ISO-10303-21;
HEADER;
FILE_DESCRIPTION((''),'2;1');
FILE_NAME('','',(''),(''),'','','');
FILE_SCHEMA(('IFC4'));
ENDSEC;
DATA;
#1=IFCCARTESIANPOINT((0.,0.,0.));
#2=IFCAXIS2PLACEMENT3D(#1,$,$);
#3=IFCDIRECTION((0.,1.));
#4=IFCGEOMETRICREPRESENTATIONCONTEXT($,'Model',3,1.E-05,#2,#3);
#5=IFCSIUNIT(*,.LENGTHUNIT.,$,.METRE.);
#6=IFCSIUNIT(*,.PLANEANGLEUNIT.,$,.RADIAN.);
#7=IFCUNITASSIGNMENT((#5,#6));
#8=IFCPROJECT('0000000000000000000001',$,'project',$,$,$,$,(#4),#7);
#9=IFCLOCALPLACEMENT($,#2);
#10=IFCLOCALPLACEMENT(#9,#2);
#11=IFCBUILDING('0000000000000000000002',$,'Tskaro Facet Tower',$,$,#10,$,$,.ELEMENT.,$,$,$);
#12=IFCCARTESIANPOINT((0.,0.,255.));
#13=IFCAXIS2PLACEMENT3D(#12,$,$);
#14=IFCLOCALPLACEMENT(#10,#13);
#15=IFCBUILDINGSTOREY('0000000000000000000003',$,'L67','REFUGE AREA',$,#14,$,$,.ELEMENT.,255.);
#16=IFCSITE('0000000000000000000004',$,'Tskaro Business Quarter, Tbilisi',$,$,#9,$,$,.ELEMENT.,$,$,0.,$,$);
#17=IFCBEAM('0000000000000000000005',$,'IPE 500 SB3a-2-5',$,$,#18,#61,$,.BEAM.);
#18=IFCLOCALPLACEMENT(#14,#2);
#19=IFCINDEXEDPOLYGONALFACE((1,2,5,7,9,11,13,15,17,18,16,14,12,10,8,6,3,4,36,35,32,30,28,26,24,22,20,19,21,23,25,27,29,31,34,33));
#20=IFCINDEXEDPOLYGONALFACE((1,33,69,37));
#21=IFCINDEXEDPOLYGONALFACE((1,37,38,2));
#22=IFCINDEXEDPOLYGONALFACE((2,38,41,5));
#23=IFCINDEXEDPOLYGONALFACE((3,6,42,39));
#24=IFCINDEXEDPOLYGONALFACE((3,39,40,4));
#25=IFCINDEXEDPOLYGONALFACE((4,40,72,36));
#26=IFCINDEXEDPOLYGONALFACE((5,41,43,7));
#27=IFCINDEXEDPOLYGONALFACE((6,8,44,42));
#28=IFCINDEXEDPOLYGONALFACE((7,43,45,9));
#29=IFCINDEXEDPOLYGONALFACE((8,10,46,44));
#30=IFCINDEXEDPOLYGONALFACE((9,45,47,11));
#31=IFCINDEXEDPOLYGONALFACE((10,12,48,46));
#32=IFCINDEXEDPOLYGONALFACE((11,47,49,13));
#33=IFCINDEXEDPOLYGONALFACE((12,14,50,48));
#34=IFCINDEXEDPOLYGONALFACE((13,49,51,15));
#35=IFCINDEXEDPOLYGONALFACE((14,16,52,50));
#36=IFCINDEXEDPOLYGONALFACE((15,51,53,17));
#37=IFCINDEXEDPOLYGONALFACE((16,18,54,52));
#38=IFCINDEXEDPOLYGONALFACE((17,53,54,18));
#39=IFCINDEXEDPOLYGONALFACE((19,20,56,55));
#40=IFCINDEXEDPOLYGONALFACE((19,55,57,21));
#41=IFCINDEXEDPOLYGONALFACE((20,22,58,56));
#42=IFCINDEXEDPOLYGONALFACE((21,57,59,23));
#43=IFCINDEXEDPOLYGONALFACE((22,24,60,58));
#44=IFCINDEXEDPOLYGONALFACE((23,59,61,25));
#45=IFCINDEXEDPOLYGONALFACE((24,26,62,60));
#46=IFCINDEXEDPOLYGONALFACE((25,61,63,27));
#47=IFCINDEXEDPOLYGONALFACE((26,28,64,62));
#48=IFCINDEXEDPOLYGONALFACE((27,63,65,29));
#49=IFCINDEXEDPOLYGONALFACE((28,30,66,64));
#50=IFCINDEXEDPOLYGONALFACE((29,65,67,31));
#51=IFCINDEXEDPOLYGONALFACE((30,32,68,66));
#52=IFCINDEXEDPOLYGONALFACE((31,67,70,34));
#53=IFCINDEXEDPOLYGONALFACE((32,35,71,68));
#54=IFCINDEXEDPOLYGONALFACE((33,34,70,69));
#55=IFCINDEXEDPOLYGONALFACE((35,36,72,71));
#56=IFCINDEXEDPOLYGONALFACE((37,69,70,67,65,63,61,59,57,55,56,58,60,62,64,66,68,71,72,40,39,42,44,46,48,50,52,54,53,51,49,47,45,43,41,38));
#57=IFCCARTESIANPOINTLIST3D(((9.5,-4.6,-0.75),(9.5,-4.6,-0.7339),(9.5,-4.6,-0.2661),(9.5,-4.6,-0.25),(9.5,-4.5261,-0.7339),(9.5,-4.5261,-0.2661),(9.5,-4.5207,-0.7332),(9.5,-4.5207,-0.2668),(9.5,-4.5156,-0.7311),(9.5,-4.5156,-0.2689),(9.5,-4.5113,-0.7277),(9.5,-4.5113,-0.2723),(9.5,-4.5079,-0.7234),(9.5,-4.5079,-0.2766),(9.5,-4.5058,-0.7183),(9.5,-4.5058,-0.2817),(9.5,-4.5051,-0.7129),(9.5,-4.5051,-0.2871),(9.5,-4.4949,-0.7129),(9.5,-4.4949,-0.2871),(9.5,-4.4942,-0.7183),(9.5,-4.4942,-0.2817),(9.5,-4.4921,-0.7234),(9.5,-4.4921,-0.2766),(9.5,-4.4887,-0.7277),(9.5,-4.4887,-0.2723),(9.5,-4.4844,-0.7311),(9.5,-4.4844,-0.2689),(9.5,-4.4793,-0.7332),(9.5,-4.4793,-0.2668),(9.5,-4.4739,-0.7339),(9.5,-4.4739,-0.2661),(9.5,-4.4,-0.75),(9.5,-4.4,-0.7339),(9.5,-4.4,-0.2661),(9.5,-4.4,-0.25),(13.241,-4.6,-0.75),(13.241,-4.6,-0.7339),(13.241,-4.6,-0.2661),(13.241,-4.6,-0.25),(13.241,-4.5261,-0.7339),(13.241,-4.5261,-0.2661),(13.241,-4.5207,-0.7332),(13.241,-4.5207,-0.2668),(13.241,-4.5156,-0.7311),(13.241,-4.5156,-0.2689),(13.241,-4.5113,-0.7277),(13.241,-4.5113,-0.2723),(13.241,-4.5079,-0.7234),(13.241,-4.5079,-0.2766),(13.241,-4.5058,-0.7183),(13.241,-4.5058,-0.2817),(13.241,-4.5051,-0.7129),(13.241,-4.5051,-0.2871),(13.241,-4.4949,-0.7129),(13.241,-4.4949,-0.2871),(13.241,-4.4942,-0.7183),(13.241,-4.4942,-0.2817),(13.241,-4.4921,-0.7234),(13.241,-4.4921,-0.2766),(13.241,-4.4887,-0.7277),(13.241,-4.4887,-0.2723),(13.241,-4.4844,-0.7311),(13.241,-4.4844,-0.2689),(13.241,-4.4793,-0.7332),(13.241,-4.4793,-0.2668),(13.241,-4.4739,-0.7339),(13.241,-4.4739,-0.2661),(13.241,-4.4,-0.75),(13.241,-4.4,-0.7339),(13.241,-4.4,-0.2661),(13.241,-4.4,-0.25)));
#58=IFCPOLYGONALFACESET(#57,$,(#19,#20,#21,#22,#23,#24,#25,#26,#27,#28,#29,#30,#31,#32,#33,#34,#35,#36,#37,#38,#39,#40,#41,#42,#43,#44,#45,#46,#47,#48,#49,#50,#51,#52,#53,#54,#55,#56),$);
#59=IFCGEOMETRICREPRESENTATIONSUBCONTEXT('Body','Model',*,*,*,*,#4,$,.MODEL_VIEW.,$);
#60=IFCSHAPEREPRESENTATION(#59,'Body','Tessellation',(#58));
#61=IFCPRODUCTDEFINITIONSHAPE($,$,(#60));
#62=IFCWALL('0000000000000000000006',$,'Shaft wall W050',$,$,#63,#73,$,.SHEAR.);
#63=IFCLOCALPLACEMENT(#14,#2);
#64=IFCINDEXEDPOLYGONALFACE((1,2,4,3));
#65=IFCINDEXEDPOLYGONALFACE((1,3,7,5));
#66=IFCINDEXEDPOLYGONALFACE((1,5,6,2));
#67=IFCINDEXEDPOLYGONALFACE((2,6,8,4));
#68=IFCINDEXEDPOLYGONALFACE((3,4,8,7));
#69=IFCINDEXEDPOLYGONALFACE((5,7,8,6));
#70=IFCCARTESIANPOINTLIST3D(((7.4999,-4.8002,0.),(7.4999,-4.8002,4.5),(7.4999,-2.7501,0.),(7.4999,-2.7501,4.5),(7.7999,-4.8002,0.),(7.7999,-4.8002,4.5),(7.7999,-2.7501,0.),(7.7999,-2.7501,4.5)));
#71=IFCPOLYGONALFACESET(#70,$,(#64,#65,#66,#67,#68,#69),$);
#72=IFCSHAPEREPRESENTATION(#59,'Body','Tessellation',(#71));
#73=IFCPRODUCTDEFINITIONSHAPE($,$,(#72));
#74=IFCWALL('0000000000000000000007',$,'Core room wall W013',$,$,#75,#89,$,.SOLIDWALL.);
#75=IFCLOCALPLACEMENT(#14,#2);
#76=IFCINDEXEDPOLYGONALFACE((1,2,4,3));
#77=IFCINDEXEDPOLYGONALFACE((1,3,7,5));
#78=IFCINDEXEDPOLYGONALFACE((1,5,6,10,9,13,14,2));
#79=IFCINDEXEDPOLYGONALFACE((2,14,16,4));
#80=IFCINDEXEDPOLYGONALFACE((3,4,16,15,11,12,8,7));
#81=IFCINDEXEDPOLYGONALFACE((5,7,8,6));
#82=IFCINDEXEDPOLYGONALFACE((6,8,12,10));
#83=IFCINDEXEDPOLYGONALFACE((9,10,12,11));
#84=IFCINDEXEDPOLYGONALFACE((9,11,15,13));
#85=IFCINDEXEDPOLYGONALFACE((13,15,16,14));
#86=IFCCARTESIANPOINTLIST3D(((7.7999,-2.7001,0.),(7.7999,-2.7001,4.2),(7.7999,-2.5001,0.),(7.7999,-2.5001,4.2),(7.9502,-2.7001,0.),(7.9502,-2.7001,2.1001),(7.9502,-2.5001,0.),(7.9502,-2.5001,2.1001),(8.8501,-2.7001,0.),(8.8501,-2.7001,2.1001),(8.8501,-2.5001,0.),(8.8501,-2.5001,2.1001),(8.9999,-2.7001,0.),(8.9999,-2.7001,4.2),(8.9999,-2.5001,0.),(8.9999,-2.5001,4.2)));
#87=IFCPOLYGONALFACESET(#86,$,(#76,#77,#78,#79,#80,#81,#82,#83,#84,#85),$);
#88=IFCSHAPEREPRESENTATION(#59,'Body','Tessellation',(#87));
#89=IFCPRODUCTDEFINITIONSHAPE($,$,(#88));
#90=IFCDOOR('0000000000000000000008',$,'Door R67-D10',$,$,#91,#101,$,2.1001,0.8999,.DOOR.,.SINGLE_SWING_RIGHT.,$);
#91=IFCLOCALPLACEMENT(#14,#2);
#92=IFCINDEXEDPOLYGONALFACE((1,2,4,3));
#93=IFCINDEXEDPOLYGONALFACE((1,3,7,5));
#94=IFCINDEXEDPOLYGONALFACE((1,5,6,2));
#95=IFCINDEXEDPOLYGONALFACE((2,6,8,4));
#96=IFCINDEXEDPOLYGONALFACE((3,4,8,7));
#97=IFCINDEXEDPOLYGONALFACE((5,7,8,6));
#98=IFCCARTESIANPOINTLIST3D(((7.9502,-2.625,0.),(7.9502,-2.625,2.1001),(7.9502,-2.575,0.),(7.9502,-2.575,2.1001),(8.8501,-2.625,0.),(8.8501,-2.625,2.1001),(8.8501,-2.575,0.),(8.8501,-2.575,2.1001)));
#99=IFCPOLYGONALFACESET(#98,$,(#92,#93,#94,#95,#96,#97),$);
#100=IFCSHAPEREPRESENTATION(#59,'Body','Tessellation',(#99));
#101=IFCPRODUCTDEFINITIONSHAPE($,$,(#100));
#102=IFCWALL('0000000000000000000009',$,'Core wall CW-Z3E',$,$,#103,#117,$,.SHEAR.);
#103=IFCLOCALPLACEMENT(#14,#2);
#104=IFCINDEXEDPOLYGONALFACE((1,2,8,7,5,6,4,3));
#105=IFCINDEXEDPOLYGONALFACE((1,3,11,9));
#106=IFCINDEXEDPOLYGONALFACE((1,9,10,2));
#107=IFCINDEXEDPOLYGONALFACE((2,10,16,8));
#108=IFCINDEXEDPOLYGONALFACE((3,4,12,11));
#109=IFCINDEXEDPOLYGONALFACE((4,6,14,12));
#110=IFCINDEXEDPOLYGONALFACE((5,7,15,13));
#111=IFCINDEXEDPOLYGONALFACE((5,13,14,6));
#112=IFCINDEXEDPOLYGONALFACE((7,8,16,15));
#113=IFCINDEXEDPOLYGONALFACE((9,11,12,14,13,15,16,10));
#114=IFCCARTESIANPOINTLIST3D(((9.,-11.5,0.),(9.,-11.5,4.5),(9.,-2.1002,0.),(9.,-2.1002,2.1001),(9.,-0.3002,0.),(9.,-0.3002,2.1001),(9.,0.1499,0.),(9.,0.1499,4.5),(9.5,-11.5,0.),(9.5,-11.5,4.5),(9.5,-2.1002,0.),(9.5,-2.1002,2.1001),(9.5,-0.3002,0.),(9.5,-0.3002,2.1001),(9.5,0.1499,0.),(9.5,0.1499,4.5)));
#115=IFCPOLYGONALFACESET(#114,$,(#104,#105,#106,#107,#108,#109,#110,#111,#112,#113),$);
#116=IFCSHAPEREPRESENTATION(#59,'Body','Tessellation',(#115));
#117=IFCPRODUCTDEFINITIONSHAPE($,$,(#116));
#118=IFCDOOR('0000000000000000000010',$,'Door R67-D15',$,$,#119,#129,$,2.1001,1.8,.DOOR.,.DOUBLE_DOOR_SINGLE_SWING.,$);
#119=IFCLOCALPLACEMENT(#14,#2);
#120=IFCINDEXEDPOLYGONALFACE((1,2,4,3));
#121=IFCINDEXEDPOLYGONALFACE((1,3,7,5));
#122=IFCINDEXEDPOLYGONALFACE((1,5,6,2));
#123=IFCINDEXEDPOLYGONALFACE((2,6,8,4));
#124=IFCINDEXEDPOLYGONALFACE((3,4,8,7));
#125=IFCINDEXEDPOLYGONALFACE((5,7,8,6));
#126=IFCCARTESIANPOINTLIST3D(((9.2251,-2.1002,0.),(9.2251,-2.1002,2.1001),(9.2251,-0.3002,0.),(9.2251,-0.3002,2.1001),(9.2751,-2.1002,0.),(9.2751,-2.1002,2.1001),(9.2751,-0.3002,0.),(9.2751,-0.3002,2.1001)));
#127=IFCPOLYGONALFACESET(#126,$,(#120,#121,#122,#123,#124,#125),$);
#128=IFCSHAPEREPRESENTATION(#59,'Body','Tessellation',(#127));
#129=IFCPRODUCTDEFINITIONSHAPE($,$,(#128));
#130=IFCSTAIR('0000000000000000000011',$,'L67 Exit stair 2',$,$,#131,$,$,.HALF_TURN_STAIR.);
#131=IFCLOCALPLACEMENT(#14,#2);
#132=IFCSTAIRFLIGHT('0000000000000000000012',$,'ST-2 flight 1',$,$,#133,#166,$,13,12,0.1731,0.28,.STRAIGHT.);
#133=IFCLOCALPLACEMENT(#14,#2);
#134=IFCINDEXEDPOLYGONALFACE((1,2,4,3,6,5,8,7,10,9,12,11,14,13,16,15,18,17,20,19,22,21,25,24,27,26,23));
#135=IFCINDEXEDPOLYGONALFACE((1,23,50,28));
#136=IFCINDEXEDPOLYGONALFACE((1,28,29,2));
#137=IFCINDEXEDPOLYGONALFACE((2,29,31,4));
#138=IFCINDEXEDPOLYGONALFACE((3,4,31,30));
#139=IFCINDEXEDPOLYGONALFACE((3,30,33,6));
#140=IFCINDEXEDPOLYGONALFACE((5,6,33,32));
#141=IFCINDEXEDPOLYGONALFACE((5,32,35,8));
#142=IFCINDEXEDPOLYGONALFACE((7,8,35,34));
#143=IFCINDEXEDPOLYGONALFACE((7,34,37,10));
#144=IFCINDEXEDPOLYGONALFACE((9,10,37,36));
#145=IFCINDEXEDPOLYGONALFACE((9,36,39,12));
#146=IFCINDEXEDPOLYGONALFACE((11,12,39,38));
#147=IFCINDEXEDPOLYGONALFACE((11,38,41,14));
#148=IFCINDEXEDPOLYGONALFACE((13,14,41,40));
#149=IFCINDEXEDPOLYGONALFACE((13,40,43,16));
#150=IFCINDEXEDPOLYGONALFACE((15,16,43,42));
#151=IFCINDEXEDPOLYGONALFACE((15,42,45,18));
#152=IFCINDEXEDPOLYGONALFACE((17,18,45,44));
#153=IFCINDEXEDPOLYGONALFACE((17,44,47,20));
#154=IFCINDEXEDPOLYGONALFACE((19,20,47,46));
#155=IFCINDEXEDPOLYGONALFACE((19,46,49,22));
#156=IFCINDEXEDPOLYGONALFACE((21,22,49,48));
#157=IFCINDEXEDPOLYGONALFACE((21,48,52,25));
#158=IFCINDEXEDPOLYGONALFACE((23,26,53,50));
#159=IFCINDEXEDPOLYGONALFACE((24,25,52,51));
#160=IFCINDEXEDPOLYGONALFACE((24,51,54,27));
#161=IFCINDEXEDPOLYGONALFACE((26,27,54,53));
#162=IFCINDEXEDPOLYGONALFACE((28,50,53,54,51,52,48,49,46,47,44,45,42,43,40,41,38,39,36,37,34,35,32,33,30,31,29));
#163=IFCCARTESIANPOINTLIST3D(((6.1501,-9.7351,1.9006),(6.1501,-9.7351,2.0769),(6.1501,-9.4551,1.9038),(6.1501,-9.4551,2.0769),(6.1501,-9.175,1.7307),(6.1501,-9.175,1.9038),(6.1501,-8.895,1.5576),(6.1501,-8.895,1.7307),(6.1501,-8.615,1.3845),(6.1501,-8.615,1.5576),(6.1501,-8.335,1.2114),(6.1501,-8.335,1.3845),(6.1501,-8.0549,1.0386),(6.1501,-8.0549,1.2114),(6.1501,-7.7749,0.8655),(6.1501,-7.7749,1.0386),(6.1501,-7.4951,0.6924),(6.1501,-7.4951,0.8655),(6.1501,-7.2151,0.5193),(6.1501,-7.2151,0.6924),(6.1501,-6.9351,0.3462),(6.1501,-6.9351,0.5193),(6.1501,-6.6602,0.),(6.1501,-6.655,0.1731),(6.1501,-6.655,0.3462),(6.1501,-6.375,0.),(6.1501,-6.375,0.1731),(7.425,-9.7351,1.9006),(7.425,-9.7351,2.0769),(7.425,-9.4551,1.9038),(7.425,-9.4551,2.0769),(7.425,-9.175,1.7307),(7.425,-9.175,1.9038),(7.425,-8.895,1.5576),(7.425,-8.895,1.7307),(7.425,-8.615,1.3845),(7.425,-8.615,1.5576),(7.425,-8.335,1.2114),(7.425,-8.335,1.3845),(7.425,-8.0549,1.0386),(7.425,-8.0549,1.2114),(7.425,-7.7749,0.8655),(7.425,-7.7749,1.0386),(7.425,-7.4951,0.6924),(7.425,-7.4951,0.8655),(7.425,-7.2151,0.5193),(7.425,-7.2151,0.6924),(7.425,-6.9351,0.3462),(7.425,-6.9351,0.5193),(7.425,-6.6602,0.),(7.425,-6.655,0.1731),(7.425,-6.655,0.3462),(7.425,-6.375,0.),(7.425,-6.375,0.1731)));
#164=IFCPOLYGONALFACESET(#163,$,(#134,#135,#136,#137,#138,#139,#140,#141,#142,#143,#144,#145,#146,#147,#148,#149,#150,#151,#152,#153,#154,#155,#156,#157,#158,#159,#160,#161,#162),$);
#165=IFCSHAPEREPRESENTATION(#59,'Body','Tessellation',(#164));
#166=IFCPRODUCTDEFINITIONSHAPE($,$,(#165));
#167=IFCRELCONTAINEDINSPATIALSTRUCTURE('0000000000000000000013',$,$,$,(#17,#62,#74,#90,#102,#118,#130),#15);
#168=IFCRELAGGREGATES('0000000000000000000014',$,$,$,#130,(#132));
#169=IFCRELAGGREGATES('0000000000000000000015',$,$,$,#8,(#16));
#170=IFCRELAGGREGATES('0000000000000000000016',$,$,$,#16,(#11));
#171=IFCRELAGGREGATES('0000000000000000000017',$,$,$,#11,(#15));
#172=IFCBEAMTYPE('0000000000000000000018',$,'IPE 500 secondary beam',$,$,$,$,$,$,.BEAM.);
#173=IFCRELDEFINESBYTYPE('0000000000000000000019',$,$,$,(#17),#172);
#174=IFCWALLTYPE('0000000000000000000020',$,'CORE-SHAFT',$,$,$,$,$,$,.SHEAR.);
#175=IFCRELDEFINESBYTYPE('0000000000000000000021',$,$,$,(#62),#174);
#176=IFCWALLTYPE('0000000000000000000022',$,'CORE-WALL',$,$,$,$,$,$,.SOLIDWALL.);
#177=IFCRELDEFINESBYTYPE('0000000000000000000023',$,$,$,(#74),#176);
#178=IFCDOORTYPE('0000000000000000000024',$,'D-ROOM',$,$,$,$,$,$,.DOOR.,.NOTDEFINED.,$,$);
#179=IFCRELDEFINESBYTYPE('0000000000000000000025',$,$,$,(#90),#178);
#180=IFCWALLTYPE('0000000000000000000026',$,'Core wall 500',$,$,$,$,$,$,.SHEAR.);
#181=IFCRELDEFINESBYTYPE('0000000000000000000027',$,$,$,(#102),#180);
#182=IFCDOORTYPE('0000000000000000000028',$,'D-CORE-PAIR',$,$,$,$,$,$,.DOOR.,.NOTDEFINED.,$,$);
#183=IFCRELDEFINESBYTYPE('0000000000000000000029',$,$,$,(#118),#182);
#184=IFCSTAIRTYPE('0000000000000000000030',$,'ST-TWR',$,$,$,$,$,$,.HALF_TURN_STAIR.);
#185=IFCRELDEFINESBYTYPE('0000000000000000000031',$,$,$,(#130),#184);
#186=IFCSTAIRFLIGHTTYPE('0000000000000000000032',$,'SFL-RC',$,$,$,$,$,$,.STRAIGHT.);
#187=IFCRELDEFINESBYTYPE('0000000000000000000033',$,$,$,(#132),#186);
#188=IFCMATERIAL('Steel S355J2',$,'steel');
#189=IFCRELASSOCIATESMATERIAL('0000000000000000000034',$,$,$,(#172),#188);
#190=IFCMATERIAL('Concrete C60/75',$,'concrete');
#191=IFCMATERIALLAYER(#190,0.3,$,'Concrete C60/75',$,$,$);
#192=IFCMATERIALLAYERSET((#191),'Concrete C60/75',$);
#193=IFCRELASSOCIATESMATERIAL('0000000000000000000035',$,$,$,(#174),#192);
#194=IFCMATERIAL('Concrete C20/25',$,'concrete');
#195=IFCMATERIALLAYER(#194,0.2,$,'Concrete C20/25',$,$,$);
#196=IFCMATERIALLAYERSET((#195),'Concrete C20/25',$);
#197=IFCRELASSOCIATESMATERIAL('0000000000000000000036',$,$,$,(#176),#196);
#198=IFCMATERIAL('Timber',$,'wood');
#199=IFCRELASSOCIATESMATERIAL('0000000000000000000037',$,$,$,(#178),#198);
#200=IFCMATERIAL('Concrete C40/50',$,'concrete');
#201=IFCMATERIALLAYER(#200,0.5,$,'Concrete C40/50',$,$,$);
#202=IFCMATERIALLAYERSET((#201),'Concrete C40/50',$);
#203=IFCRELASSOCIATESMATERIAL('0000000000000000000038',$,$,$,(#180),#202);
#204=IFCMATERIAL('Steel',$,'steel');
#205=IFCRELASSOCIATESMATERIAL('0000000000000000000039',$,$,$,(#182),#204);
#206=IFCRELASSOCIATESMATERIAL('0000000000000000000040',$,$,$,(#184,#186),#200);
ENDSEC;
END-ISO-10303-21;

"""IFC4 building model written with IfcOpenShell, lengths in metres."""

from ifc_helpers import new_model, si_unit, direction, frame, frame_2d, origin, origin_2d, place, context, subcontext, project, spatial, polyline, rectangle, i_section, outline, extrude, material, layer, layer_set, material_profile, profile_set, type_object, element, fill, aggregate, save


model = new_model("IFC4")

# Units and contexts
model_context = context("Model", 3, precision=1e-05, world=origin(), true_north=direction((0.0, 1.0)))
body_context = subcontext(model_context, "Body", "Model", "MODEL_VIEW")
ifc_project = project(units=[si_unit("LENGTHUNIT", "METRE"), si_unit("PLANEANGLEUNIT", "RADIAN")], contexts=[model_context])

# Site, building, storey
site_placement = place(None, origin())
site = spatial("IfcSite", under=ifc_project, at=site_placement, Name="Tskaro Business Quarter, Tbilisi", CompositionType="ELEMENT", RefElevation=0.0)
building_placement = place(site_placement, origin())
building = spatial("IfcBuilding", under=site, at=building_placement, Name="Tskaro Facet Tower", CompositionType="ELEMENT")
storey_placement = place(building_placement, frame((0.0, 0.0, 255.0)))
storey = spatial("IfcBuildingStorey", under=building, at=storey_placement, Name="L67", Description="REFUGE AREA", CompositionType="ELEMENT", Elevation=255.0)

# Beam
ifc_material_1 = material(Name="Steel S355J2", Category="steel")
ifc_material_profile_1 = material_profile(ifc_material_1, i_section(OverallWidth=0.2, OverallDepth=0.5, WebThickness=0.0103, FlangeThickness=0.0161, FilletRadius=0.021, at=origin_2d()), Name="IPE 500")
ifc_profile_set_1 = profile_set([ifc_material_profile_1], Name="Steel S355J2")
beam_type_1 = type_object("IfcBeamType", Name="IPE 500 secondary beam", PredefinedType="BEAM", material=ifc_profile_set_1)
beam_placement = place(storey_placement, frame((9.5, -4.5, -0.5), z_axis=(1.0, 0.0, 0.0), x_axis=(0.0, 1.0, 0.0)))
element("IfcBeam", 1, at=beam_placement, inside=storey, type_object=beam_type_1, Name="IPE 500 SB3a-2-5", PredefinedType="BEAM", context=body_context, shape_type="SweptSolid", body=[
    extrude(i_section(OverallWidth=0.2, OverallDepth=0.5, WebThickness=0.0103, FlangeThickness=0.0161, FilletRadius=0.021, at=origin_2d()), origin(), (0.0, 0.0, 1.0), 3.741),
])

# Wall
ifc_material_2 = material(Name="Concrete C60/75", Category="concrete")
ifc_layer_1 = layer(ifc_material_2, 0.3, Name="Concrete C60/75")
ifc_layer_set_1 = layer_set([ifc_layer_1], Name="Concrete C60/75")
wall_type_1 = type_object("IfcWallType", Name="CORE-SHAFT", PredefinedType="SHEAR", material=ifc_layer_set_1)
wall_1_placement = place(storey_placement, frame((7.6499, -4.8, 0.0), z_axis=(0.0, 0.0, 1.0), x_axis=(0.0, 1.0, 0.0)))
element("IfcWall", 2, at=wall_1_placement, inside=storey, type_object=wall_type_1, Name="Shaft wall W050", PredefinedType="SHEAR", context=body_context, shape_type="SweptSolid", body=[
    extrude(rectangle(XDim=2.05, YDim=0.3, at=frame_2d((1.0249, 0.0))), origin(), (0.0, 0.0, 1.0), 4.5),
])

# Walls, openings, doors
ifc_material_3 = material(Name="Concrete C20/25", Category="concrete")
ifc_layer_2 = layer(ifc_material_3, 0.2, Name="Concrete C20/25")
ifc_layer_set_2 = layer_set([ifc_layer_2], Name="Concrete C20/25")
wall_type_2 = type_object("IfcWallType", Name="CORE-WALL", PredefinedType="SOLIDWALL", material=ifc_layer_set_2)
wall_2_placement = place(storey_placement, frame((9.0, -2.6001, 0.0), z_axis=(0.0, 0.0, 1.0), x_axis=(-1.0, 0.0, 0.0)))
wall_2 = element("IfcWall", 3, at=wall_2_placement, inside=storey, type_object=wall_type_2, Name="Core room wall W013", PredefinedType="SOLIDWALL", context=body_context, shape_type="SweptSolid", body=[
    extrude(rectangle(XDim=1.2, YDim=0.2, at=frame_2d((0.6001, 0.0))), origin(), (0.0, 0.0, 1.0), 4.2),
])
opening_1_placement = place(wall_2_placement, frame((0.1499, 0.0, 0.0)))
opening_1 = element("IfcOpeningElement", 4, at=opening_1_placement, cuts=wall_2, PredefinedType="OPENING", context=body_context, shape_type="SweptSolid", body=[
    extrude(rectangle(XDim=0.8999, YDim=2.1001, at=frame_2d((0.45, 1.05))), frame((0.0, 0.1099, 0.0), z_axis=(0.0, -1.0, 0.0), x_axis=(1.0, 0.0, 0.0)), (0.0, 0.0, 1.0), 0.22),
])
ifc_material_4 = material(Name="Timber", Category="wood")
door_type_1 = type_object("IfcDoorType", Name="D-ROOM", OperationType="NOTDEFINED", PredefinedType="DOOR", material=ifc_material_4)
door_1_placement = place(opening_1_placement, origin())
door_1 = element("IfcDoor", 5, at=door_1_placement, inside=storey, type_object=door_type_1, Name="Door R67-D10", OperationType="SINGLE_SWING_RIGHT", OverallHeight=2.1001, OverallWidth=0.8999, PredefinedType="DOOR", context=body_context, shape_type="SweptSolid", body=[
    extrude(rectangle(XDim=0.8999, YDim=2.1001, at=frame_2d((0.45, 1.05))), frame((0.0, 0.0249, 0.0), z_axis=(0.0, -1.0, 0.0), x_axis=(1.0, 0.0, 0.0)), (0.0, 0.0, 1.0), 0.05),
])
fill(opening_1, door_1)
ifc_material_5 = material(Name="Concrete C40/50", Category="concrete")
ifc_layer_3 = layer(ifc_material_5, 0.5, Name="Concrete C40/50")
ifc_layer_set_3 = layer_set([ifc_layer_3], Name="Concrete C40/50")
wall_type_3 = type_object("IfcWallType", Name="Core wall 500", PredefinedType="SHEAR", material=ifc_layer_set_3)
wall_3_placement = place(storey_placement, frame((9.25, -11.5, 0.0), z_axis=(0.0, 0.0, 1.0), x_axis=(0.0, 1.0, 0.0)))
wall_3 = element("IfcWall", 6, at=wall_3_placement, inside=storey, type_object=wall_type_3, Name="Core wall CW-Z3E", PredefinedType="SHEAR", context=body_context, shape_type="SweptSolid", body=[
    extrude(rectangle(XDim=11.6499, YDim=0.5, at=frame_2d((5.825, 0.0))), origin(), (0.0, 0.0, 1.0), 4.5),
])
opening_2_placement = place(wall_3_placement, frame((9.3999, 0.0, 0.0)))
opening_2 = element("IfcOpeningElement", 7, at=opening_2_placement, cuts=wall_3, PredefinedType="OPENING", context=body_context, shape_type="SweptSolid", body=[
    extrude(rectangle(XDim=1.8, YDim=2.1001, at=frame_2d((0.8999, 1.05))), frame((0.0, 0.26, 0.0), z_axis=(0.0, -1.0, 0.0), x_axis=(1.0, 0.0, 0.0)), (0.0, 0.0, 1.0), 0.52),
])
ifc_material_6 = material(Name="Steel", Category="steel")
door_type_2 = type_object("IfcDoorType", Name="D-CORE-PAIR", OperationType="NOTDEFINED", PredefinedType="DOOR", material=ifc_material_6)
door_2_placement = place(opening_2_placement, origin())
door_2 = element("IfcDoor", 8, at=door_2_placement, inside=storey, type_object=door_type_2, Name="Door R67-D15", OperationType="DOUBLE_DOOR_SINGLE_SWING", OverallHeight=2.1001, OverallWidth=1.8, PredefinedType="DOOR", context=body_context, shape_type="SweptSolid", body=[
    extrude(rectangle(XDim=1.8, YDim=2.1001, at=frame_2d((0.8999, 1.05))), frame((0.0, 0.0249, 0.0), z_axis=(0.0, -1.0, 0.0), x_axis=(1.0, 0.0, 0.0)), (0.0, 0.0, 1.0), 0.05),
])
fill(opening_2, door_2)

# Stair, stair flight
stair_type = type_object("IfcStairType", Name="ST-TWR", PredefinedType="HALF_TURN_STAIR", material=ifc_material_5)
stair_placement = place(storey_placement, origin())
stair = element("IfcStair", 9, at=stair_placement, inside=storey, type_object=stair_type, Name="L67 Exit stair 2", PredefinedType="HALF_TURN_STAIR")
stair_flight_type = type_object("IfcStairFlightType", Name="SFL-RC", PredefinedType="STRAIGHT", material=ifc_material_5)
stair_flight_1_placement = place(storey_placement, frame((6.7876, -6.375, 0.0), z_axis=(0.0, 0.0, 1.0), x_axis=(0.0, -1.0, 0.0)))
stair_flight_1 = element("IfcStairFlight", 10, at=stair_flight_1_placement, type_object=stair_flight_type, Name="ST-2 flight 1", NumberOfRisers=13, NumberOfTreads=12, PredefinedType="STRAIGHT", RiserHeight=0.1731, TreadLength=0.28, context=body_context, shape_type="SweptSolid", body=[
    extrude(outline(polyline([(0.0, 0.0), (0.0, 0.1731), (0.28, 0.1731), (0.28, 0.3462), (0.5601, 0.3462), (0.5601, 0.5193), (0.8401, 0.5193), (0.8401, 0.6924), (1.1201, 0.6924), (1.1201, 0.8655), (1.3999, 0.8655), (1.3999, 1.0386), (1.6799, 1.0386), (1.6799, 1.2114), (1.96, 1.2114), (1.96, 1.3845), (2.24, 1.3845), (2.24, 1.5576), (2.52, 1.5576), (2.52, 1.7307), (2.8, 1.7307), (2.8, 1.9038), (3.0801, 1.9038), (3.0801, 2.0769), (3.3601, 2.0769), (3.3601, 2.25), (3.3601, 1.9006), (0.2852, 0.0), (0.0, 0.0)])), frame((0.0, 0.6375, 0.0), z_axis=(0.0, -1.0, 0.0), x_axis=(1.0, 0.0, 0.0)), (0.0, 0.0, 1.0), 1.2749),
])
aggregate(stair, [stair_flight_1])

save(model, "model.ifc")
